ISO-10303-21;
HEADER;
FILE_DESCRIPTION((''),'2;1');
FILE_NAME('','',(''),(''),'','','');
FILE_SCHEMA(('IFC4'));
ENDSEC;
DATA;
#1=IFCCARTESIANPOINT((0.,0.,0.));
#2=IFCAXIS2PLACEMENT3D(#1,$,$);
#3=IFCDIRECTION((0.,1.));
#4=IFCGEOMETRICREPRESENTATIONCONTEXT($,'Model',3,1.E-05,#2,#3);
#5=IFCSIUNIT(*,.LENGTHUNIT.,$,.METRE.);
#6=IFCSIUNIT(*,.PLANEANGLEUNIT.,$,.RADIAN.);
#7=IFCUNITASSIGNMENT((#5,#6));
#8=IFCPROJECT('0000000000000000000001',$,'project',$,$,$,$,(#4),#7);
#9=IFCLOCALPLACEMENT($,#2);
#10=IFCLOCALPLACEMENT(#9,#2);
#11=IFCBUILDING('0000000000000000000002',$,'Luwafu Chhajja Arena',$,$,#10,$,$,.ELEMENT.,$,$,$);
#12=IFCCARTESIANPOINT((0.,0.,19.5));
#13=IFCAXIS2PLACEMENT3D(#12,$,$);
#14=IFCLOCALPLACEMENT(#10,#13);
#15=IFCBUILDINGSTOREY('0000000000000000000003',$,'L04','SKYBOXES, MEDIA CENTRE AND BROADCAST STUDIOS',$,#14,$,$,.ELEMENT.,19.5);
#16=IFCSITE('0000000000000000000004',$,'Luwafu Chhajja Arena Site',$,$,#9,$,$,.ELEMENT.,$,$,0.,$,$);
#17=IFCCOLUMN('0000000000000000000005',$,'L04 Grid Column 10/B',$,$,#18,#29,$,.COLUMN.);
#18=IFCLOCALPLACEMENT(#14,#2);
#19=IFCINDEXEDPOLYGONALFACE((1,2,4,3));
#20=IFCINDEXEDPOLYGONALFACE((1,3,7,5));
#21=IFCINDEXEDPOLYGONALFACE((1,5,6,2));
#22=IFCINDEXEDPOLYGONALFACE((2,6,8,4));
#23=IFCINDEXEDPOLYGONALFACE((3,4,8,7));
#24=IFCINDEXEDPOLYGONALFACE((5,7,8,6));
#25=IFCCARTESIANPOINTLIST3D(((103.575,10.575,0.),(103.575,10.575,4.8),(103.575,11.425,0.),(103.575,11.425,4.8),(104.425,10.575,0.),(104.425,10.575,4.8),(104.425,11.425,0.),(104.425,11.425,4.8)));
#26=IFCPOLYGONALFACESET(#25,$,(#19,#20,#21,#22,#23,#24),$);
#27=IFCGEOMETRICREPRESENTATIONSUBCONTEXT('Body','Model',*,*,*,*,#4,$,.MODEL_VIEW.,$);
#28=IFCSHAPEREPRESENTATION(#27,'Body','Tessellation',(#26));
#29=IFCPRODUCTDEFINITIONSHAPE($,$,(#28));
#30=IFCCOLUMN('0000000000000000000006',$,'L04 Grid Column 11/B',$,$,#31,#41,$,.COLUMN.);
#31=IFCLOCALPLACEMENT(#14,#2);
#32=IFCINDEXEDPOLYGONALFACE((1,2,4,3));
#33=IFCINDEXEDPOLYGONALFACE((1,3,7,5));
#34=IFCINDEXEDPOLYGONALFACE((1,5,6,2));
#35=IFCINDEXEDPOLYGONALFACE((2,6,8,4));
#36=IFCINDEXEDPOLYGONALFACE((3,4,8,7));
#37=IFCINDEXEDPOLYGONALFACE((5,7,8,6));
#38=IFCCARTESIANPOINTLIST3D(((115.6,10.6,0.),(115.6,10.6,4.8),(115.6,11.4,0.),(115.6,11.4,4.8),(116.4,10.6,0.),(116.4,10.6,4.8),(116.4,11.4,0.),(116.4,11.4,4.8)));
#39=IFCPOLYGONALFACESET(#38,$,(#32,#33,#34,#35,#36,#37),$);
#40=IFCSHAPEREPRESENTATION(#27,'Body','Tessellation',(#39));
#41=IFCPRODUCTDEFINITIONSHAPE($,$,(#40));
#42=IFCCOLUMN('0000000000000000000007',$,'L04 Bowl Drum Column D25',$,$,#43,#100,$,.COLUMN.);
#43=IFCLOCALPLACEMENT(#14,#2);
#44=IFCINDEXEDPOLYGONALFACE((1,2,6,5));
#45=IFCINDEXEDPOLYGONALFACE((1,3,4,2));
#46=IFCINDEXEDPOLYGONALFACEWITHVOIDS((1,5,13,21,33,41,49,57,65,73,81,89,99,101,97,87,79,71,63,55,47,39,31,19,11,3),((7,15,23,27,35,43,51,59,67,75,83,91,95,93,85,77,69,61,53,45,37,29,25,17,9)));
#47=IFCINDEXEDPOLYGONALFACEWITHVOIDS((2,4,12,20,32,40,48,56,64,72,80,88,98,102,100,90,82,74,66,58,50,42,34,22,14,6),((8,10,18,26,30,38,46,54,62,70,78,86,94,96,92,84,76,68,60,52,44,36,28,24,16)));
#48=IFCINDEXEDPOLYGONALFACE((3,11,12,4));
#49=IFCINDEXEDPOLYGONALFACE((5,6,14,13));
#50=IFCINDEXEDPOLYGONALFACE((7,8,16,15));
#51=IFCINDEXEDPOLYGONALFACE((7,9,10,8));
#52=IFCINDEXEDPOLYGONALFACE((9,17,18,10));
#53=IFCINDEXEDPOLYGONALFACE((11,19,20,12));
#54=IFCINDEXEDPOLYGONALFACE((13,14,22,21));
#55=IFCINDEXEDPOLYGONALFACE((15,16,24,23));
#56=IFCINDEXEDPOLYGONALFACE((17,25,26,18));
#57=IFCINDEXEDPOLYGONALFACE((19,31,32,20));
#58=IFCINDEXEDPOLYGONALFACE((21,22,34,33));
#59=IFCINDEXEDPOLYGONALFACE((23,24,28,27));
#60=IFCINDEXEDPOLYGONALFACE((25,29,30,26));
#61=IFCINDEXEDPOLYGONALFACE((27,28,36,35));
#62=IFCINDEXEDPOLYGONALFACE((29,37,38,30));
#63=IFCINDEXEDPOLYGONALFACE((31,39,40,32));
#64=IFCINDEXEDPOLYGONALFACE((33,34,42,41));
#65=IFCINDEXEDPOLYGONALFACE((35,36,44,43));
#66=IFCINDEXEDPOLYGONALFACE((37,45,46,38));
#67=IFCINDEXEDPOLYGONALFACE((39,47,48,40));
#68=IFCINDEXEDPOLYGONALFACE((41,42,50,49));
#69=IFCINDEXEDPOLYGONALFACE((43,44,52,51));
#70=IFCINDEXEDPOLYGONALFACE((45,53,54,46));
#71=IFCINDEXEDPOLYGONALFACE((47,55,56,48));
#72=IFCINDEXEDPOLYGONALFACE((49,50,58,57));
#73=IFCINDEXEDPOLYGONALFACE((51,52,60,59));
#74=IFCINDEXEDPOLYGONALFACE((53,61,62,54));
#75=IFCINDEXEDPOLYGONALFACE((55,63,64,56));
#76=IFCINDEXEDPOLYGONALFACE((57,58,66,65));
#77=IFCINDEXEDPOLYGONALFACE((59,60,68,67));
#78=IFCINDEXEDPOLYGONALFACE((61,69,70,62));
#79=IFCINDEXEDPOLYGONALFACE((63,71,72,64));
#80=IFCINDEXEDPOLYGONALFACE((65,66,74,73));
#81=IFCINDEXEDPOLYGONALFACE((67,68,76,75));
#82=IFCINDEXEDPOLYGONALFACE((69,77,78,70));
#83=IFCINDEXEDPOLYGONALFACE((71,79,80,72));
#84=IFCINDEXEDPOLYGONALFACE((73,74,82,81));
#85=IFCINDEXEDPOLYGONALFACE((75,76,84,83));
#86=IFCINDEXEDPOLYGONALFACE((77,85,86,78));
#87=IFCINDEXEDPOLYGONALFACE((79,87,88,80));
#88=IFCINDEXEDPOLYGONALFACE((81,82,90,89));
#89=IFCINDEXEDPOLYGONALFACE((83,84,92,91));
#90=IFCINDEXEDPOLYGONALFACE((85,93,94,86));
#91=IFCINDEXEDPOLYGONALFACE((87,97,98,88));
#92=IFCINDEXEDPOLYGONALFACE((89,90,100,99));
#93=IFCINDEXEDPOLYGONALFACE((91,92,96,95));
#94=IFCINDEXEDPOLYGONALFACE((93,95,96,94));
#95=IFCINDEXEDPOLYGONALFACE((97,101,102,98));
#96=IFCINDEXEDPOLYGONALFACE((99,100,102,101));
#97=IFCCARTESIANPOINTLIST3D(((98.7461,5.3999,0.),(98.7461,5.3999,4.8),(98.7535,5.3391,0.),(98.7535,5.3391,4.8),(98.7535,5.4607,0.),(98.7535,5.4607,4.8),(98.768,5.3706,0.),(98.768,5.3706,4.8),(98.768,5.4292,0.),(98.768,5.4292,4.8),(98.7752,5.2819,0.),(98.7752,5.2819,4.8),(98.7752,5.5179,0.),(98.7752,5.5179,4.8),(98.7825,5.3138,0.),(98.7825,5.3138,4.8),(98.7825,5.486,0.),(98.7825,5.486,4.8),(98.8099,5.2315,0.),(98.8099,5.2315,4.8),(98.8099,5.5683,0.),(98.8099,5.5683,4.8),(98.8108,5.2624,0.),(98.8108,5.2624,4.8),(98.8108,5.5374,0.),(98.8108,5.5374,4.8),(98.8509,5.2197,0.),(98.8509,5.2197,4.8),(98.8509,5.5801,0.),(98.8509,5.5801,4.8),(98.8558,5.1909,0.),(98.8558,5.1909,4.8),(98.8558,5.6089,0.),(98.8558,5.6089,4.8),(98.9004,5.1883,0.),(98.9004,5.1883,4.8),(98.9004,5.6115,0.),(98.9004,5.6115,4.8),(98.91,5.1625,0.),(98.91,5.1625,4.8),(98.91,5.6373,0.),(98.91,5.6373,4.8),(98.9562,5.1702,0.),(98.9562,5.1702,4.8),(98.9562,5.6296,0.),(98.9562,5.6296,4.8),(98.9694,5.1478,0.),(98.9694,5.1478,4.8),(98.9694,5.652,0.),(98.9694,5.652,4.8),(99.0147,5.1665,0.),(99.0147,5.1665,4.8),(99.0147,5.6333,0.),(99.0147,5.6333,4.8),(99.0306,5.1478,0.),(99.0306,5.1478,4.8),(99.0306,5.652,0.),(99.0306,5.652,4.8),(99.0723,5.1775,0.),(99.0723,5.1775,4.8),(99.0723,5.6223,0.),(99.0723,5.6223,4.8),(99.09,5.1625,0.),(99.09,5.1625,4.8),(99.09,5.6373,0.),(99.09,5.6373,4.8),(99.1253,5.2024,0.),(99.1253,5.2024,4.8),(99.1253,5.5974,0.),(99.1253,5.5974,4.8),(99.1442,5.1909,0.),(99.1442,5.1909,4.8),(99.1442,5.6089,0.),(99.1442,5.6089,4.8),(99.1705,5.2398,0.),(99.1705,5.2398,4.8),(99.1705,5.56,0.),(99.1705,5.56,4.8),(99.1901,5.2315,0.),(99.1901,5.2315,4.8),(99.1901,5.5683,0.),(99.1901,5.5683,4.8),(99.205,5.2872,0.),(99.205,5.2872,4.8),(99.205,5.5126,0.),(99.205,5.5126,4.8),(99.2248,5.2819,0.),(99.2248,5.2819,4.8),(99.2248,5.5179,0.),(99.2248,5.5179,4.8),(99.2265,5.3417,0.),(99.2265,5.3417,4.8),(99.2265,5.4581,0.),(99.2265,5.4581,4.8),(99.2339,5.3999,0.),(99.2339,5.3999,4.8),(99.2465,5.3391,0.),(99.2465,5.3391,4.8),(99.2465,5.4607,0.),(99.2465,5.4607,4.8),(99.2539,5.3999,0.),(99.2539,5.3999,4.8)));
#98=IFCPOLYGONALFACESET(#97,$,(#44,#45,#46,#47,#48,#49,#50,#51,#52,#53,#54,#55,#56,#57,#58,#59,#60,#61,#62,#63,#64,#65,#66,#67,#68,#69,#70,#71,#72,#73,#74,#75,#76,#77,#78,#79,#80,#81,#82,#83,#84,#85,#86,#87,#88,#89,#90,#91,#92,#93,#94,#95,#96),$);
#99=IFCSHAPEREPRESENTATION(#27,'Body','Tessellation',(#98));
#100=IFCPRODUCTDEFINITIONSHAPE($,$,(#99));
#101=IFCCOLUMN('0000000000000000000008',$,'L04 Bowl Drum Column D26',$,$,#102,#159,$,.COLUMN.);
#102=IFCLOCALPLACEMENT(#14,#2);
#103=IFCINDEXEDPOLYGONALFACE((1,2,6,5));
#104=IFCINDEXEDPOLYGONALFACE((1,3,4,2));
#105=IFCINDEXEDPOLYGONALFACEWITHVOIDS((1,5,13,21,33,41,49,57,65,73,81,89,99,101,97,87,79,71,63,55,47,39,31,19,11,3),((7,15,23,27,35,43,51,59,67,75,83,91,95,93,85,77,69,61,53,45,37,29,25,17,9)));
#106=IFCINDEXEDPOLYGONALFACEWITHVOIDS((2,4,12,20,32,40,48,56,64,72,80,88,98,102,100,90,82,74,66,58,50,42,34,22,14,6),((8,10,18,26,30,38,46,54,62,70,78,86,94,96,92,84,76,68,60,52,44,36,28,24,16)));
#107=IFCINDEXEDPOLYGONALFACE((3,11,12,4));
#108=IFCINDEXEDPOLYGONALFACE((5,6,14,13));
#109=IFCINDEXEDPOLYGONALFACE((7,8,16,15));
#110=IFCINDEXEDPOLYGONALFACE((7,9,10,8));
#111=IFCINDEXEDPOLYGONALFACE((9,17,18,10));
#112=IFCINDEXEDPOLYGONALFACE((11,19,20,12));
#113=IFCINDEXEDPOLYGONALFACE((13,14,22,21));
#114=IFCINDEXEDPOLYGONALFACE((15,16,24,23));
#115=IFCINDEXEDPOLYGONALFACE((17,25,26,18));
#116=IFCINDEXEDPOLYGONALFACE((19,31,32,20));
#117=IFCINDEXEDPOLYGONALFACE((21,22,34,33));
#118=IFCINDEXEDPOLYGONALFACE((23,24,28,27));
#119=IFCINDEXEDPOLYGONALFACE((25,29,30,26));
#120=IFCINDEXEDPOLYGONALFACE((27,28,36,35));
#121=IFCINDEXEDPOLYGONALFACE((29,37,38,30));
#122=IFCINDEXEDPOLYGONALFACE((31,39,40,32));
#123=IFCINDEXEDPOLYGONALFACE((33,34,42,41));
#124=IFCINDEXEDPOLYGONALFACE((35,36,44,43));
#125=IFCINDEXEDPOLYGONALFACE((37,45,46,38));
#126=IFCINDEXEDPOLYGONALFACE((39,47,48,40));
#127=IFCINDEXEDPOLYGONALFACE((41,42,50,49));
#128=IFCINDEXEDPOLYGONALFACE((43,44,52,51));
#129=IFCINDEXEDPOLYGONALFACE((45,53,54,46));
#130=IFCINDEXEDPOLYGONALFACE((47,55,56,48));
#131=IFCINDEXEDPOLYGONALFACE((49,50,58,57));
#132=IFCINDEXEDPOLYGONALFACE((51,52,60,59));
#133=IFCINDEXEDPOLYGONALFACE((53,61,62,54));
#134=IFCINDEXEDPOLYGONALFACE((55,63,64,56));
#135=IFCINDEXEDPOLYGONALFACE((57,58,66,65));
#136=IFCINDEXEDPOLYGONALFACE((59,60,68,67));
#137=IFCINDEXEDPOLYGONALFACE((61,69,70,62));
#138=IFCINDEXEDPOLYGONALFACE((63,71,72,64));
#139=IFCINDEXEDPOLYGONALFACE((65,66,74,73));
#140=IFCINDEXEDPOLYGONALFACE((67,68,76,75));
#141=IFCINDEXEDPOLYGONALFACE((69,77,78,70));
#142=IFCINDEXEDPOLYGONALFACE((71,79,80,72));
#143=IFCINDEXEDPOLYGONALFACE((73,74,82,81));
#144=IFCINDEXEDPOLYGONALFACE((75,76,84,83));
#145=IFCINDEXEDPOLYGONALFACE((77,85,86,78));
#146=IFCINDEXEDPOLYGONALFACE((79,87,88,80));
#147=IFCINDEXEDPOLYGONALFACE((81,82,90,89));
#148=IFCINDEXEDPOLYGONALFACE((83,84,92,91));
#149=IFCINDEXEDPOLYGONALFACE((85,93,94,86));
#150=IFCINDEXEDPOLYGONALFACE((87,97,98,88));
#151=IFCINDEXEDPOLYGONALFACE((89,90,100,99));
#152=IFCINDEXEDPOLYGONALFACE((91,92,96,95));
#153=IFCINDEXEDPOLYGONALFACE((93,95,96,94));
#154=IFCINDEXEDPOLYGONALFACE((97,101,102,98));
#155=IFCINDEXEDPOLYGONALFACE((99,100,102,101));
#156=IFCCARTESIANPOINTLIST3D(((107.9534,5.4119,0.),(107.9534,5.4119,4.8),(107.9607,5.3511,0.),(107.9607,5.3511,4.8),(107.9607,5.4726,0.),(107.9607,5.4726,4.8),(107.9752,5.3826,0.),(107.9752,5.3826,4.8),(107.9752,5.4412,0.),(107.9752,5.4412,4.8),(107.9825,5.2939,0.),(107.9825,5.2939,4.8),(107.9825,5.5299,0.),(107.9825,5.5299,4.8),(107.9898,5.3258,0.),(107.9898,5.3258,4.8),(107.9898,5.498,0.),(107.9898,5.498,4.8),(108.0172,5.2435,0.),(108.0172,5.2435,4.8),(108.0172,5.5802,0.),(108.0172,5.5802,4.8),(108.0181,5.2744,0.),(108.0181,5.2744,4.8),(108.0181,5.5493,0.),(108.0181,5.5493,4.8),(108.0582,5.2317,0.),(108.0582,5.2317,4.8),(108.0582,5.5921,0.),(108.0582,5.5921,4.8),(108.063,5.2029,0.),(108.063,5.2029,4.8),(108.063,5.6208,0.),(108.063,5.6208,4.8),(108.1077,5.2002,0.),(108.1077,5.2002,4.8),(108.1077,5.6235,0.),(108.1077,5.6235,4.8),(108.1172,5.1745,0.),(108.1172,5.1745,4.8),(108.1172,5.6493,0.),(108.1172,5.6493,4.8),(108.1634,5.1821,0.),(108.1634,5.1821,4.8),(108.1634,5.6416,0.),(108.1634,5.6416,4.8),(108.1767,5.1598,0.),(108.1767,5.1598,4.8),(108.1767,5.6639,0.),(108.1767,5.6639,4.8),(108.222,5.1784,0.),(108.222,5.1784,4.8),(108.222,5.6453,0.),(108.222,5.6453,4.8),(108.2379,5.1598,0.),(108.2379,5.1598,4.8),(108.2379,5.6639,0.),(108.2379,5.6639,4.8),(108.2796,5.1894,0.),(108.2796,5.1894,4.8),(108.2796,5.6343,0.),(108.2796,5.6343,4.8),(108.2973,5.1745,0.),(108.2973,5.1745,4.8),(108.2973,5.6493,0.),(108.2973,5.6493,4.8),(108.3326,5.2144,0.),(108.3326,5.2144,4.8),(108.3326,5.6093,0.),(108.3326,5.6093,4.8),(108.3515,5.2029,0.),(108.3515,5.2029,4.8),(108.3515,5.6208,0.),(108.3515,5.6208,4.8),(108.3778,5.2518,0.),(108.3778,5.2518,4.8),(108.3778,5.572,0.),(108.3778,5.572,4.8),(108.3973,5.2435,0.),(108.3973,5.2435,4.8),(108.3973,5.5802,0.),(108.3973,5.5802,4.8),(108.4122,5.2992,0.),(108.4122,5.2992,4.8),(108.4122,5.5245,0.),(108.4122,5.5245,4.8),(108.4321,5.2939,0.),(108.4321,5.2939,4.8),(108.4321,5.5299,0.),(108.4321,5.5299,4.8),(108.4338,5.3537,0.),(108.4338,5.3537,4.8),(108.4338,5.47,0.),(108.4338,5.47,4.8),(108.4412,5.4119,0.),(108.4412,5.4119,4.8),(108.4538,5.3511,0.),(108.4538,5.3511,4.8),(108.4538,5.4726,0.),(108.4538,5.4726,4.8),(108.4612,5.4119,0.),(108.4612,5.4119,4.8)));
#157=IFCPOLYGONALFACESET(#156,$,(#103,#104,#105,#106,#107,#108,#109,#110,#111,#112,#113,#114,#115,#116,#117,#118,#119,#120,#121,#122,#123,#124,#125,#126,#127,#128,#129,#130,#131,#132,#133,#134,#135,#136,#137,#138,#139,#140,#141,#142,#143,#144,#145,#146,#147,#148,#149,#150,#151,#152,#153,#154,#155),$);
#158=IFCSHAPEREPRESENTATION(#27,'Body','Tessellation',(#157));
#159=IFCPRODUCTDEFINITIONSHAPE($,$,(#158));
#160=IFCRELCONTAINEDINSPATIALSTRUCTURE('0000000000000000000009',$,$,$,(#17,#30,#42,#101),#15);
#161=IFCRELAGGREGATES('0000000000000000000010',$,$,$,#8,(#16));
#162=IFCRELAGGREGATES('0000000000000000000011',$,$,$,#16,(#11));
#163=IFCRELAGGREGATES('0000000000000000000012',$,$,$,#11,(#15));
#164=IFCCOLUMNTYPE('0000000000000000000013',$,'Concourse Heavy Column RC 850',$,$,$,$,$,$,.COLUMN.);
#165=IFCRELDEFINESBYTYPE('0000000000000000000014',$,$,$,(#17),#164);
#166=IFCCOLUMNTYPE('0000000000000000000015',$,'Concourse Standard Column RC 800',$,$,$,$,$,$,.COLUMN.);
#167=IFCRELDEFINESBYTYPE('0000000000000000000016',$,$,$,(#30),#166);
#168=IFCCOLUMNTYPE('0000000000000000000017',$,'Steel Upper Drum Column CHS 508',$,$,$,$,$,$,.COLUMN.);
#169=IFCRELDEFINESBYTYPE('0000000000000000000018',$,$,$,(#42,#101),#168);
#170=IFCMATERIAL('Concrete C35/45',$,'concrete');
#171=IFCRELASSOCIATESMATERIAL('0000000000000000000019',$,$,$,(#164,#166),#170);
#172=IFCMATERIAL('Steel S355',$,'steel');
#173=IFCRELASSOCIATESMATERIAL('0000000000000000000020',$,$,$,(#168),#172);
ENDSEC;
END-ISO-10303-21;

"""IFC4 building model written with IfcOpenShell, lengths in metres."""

from ifc_helpers import new_model, si_unit, direction, frame, origin, origin_2d, place, context, subcontext, project, spatial, rectangle, hollow_circle, extrude, material, material_profile, profile_set, type_object, element, save


model = new_model("IFC4")

# Units and contexts
model_context = context("Model", 3, precision=1e-05, world=origin(), true_north=direction((0.0, 1.0)))
body_context = subcontext(model_context, "Body", "Model", "MODEL_VIEW")
ifc_project = project(units=[si_unit("LENGTHUNIT", "METRE"), si_unit("PLANEANGLEUNIT", "RADIAN")], contexts=[model_context])

# Site, building, storey
site_placement = place(None, origin())
site = spatial("IfcSite", under=ifc_project, at=site_placement, Name="Luwafu Chhajja Arena Site", CompositionType="ELEMENT", RefElevation=0.0)
building_placement = place(site_placement, origin())
building = spatial("IfcBuilding", under=site, at=building_placement, Name="Luwafu Chhajja Arena", CompositionType="ELEMENT")
storey_placement = place(building_placement, frame((0.0, 0.0, 19.5)))
storey = spatial("IfcBuildingStorey", under=building, at=storey_placement, Name="L04", Description="SKYBOXES, MEDIA CENTRE AND BROADCAST STUDIOS", CompositionType="ELEMENT", Elevation=19.5)

# Columns
ifc_material_1 = material(Name="Concrete C35/45", Category="concrete")
ifc_material_profile_1 = material_profile(ifc_material_1, rectangle(XDim=0.8501, YDim=0.8501, at=origin_2d()), Name="RC 850x850")
ifc_profile_set_1 = profile_set([ifc_material_profile_1], Name="Concrete C35/45")
column_type_1 = type_object("IfcColumnType", Name="Concourse Heavy Column RC 850", PredefinedType="COLUMN", material=ifc_profile_set_1)
column_1_placement = place(storey_placement, frame((104.0, 11.0, 0.0), z_axis=(0.0, 0.0, 1.0), x_axis=(1.0, 0.0, 0.0)))
element("IfcColumn", 1, at=column_1_placement, inside=storey, type_object=column_type_1, Name="L04 Grid Column 10/B", PredefinedType="COLUMN", context=body_context, shape_type="SweptSolid", body=[
    extrude(rectangle(XDim=0.8501, YDim=0.8501, at=origin_2d()), origin(), (0.0, 0.0, 1.0), 4.8),
])
ifc_material_profile_2 = material_profile(ifc_material_1, rectangle(XDim=0.8, YDim=0.8, at=origin_2d()), Name="RC 800x800")
ifc_profile_set_2 = profile_set([ifc_material_profile_2], Name="Concrete C35/45")
column_type_2 = type_object("IfcColumnType", Name="Concourse Standard Column RC 800", PredefinedType="COLUMN", material=ifc_profile_set_2)
column_2_placement = place(storey_placement, frame((116.0, 11.0, 0.0), z_axis=(0.0, 0.0, 1.0), x_axis=(1.0, 0.0, 0.0)))
element("IfcColumn", 2, at=column_2_placement, inside=storey, type_object=column_type_2, Name="L04 Grid Column 11/B", PredefinedType="COLUMN", context=body_context, shape_type="SweptSolid", body=[
    extrude(rectangle(XDim=0.8, YDim=0.8, at=origin_2d()), origin(), (0.0, 0.0, 1.0), 4.8),
])
ifc_material_2 = material(Name="Steel S355", Category="steel")
ifc_material_profile_3 = material_profile(ifc_material_2, hollow_circle(Radius=0.2539, WallThickness=0.02, at=origin_2d()), Name="CHS 508x20")
ifc_profile_set_3 = profile_set([ifc_material_profile_3], Name="Steel S355")
column_type_3 = type_object("IfcColumnType", Name="Steel Upper Drum Column CHS 508", PredefinedType="COLUMN", material=ifc_profile_set_3)
for number, where, z_axis, x_axis, name in (
    (3, (99.0, 5.3999, 0.0), (0.0, 0.0, 1.0), (1.0, 0.0, 0.0), "L04 Bowl Drum Column D25"),
    (4, (108.2073, 5.4119, 0.0), (0.0, 0.0, 1.0), (1.0, 0.0, 0.0), "L04 Bowl Drum Column D26"),
):
    element("IfcColumn", number, at=place(storey_placement, frame(where, z_axis=z_axis, x_axis=x_axis)), inside=storey, type_object=column_type_3, Name=name, PredefinedType="COLUMN", context=body_context, shape_type="SweptSolid", body=[
        extrude(hollow_circle(Radius=0.2539, WallThickness=0.02, at=origin_2d()), origin(), (0.0, 0.0, 1.0), 4.8),
    ])

save(model, "model.ifc")
